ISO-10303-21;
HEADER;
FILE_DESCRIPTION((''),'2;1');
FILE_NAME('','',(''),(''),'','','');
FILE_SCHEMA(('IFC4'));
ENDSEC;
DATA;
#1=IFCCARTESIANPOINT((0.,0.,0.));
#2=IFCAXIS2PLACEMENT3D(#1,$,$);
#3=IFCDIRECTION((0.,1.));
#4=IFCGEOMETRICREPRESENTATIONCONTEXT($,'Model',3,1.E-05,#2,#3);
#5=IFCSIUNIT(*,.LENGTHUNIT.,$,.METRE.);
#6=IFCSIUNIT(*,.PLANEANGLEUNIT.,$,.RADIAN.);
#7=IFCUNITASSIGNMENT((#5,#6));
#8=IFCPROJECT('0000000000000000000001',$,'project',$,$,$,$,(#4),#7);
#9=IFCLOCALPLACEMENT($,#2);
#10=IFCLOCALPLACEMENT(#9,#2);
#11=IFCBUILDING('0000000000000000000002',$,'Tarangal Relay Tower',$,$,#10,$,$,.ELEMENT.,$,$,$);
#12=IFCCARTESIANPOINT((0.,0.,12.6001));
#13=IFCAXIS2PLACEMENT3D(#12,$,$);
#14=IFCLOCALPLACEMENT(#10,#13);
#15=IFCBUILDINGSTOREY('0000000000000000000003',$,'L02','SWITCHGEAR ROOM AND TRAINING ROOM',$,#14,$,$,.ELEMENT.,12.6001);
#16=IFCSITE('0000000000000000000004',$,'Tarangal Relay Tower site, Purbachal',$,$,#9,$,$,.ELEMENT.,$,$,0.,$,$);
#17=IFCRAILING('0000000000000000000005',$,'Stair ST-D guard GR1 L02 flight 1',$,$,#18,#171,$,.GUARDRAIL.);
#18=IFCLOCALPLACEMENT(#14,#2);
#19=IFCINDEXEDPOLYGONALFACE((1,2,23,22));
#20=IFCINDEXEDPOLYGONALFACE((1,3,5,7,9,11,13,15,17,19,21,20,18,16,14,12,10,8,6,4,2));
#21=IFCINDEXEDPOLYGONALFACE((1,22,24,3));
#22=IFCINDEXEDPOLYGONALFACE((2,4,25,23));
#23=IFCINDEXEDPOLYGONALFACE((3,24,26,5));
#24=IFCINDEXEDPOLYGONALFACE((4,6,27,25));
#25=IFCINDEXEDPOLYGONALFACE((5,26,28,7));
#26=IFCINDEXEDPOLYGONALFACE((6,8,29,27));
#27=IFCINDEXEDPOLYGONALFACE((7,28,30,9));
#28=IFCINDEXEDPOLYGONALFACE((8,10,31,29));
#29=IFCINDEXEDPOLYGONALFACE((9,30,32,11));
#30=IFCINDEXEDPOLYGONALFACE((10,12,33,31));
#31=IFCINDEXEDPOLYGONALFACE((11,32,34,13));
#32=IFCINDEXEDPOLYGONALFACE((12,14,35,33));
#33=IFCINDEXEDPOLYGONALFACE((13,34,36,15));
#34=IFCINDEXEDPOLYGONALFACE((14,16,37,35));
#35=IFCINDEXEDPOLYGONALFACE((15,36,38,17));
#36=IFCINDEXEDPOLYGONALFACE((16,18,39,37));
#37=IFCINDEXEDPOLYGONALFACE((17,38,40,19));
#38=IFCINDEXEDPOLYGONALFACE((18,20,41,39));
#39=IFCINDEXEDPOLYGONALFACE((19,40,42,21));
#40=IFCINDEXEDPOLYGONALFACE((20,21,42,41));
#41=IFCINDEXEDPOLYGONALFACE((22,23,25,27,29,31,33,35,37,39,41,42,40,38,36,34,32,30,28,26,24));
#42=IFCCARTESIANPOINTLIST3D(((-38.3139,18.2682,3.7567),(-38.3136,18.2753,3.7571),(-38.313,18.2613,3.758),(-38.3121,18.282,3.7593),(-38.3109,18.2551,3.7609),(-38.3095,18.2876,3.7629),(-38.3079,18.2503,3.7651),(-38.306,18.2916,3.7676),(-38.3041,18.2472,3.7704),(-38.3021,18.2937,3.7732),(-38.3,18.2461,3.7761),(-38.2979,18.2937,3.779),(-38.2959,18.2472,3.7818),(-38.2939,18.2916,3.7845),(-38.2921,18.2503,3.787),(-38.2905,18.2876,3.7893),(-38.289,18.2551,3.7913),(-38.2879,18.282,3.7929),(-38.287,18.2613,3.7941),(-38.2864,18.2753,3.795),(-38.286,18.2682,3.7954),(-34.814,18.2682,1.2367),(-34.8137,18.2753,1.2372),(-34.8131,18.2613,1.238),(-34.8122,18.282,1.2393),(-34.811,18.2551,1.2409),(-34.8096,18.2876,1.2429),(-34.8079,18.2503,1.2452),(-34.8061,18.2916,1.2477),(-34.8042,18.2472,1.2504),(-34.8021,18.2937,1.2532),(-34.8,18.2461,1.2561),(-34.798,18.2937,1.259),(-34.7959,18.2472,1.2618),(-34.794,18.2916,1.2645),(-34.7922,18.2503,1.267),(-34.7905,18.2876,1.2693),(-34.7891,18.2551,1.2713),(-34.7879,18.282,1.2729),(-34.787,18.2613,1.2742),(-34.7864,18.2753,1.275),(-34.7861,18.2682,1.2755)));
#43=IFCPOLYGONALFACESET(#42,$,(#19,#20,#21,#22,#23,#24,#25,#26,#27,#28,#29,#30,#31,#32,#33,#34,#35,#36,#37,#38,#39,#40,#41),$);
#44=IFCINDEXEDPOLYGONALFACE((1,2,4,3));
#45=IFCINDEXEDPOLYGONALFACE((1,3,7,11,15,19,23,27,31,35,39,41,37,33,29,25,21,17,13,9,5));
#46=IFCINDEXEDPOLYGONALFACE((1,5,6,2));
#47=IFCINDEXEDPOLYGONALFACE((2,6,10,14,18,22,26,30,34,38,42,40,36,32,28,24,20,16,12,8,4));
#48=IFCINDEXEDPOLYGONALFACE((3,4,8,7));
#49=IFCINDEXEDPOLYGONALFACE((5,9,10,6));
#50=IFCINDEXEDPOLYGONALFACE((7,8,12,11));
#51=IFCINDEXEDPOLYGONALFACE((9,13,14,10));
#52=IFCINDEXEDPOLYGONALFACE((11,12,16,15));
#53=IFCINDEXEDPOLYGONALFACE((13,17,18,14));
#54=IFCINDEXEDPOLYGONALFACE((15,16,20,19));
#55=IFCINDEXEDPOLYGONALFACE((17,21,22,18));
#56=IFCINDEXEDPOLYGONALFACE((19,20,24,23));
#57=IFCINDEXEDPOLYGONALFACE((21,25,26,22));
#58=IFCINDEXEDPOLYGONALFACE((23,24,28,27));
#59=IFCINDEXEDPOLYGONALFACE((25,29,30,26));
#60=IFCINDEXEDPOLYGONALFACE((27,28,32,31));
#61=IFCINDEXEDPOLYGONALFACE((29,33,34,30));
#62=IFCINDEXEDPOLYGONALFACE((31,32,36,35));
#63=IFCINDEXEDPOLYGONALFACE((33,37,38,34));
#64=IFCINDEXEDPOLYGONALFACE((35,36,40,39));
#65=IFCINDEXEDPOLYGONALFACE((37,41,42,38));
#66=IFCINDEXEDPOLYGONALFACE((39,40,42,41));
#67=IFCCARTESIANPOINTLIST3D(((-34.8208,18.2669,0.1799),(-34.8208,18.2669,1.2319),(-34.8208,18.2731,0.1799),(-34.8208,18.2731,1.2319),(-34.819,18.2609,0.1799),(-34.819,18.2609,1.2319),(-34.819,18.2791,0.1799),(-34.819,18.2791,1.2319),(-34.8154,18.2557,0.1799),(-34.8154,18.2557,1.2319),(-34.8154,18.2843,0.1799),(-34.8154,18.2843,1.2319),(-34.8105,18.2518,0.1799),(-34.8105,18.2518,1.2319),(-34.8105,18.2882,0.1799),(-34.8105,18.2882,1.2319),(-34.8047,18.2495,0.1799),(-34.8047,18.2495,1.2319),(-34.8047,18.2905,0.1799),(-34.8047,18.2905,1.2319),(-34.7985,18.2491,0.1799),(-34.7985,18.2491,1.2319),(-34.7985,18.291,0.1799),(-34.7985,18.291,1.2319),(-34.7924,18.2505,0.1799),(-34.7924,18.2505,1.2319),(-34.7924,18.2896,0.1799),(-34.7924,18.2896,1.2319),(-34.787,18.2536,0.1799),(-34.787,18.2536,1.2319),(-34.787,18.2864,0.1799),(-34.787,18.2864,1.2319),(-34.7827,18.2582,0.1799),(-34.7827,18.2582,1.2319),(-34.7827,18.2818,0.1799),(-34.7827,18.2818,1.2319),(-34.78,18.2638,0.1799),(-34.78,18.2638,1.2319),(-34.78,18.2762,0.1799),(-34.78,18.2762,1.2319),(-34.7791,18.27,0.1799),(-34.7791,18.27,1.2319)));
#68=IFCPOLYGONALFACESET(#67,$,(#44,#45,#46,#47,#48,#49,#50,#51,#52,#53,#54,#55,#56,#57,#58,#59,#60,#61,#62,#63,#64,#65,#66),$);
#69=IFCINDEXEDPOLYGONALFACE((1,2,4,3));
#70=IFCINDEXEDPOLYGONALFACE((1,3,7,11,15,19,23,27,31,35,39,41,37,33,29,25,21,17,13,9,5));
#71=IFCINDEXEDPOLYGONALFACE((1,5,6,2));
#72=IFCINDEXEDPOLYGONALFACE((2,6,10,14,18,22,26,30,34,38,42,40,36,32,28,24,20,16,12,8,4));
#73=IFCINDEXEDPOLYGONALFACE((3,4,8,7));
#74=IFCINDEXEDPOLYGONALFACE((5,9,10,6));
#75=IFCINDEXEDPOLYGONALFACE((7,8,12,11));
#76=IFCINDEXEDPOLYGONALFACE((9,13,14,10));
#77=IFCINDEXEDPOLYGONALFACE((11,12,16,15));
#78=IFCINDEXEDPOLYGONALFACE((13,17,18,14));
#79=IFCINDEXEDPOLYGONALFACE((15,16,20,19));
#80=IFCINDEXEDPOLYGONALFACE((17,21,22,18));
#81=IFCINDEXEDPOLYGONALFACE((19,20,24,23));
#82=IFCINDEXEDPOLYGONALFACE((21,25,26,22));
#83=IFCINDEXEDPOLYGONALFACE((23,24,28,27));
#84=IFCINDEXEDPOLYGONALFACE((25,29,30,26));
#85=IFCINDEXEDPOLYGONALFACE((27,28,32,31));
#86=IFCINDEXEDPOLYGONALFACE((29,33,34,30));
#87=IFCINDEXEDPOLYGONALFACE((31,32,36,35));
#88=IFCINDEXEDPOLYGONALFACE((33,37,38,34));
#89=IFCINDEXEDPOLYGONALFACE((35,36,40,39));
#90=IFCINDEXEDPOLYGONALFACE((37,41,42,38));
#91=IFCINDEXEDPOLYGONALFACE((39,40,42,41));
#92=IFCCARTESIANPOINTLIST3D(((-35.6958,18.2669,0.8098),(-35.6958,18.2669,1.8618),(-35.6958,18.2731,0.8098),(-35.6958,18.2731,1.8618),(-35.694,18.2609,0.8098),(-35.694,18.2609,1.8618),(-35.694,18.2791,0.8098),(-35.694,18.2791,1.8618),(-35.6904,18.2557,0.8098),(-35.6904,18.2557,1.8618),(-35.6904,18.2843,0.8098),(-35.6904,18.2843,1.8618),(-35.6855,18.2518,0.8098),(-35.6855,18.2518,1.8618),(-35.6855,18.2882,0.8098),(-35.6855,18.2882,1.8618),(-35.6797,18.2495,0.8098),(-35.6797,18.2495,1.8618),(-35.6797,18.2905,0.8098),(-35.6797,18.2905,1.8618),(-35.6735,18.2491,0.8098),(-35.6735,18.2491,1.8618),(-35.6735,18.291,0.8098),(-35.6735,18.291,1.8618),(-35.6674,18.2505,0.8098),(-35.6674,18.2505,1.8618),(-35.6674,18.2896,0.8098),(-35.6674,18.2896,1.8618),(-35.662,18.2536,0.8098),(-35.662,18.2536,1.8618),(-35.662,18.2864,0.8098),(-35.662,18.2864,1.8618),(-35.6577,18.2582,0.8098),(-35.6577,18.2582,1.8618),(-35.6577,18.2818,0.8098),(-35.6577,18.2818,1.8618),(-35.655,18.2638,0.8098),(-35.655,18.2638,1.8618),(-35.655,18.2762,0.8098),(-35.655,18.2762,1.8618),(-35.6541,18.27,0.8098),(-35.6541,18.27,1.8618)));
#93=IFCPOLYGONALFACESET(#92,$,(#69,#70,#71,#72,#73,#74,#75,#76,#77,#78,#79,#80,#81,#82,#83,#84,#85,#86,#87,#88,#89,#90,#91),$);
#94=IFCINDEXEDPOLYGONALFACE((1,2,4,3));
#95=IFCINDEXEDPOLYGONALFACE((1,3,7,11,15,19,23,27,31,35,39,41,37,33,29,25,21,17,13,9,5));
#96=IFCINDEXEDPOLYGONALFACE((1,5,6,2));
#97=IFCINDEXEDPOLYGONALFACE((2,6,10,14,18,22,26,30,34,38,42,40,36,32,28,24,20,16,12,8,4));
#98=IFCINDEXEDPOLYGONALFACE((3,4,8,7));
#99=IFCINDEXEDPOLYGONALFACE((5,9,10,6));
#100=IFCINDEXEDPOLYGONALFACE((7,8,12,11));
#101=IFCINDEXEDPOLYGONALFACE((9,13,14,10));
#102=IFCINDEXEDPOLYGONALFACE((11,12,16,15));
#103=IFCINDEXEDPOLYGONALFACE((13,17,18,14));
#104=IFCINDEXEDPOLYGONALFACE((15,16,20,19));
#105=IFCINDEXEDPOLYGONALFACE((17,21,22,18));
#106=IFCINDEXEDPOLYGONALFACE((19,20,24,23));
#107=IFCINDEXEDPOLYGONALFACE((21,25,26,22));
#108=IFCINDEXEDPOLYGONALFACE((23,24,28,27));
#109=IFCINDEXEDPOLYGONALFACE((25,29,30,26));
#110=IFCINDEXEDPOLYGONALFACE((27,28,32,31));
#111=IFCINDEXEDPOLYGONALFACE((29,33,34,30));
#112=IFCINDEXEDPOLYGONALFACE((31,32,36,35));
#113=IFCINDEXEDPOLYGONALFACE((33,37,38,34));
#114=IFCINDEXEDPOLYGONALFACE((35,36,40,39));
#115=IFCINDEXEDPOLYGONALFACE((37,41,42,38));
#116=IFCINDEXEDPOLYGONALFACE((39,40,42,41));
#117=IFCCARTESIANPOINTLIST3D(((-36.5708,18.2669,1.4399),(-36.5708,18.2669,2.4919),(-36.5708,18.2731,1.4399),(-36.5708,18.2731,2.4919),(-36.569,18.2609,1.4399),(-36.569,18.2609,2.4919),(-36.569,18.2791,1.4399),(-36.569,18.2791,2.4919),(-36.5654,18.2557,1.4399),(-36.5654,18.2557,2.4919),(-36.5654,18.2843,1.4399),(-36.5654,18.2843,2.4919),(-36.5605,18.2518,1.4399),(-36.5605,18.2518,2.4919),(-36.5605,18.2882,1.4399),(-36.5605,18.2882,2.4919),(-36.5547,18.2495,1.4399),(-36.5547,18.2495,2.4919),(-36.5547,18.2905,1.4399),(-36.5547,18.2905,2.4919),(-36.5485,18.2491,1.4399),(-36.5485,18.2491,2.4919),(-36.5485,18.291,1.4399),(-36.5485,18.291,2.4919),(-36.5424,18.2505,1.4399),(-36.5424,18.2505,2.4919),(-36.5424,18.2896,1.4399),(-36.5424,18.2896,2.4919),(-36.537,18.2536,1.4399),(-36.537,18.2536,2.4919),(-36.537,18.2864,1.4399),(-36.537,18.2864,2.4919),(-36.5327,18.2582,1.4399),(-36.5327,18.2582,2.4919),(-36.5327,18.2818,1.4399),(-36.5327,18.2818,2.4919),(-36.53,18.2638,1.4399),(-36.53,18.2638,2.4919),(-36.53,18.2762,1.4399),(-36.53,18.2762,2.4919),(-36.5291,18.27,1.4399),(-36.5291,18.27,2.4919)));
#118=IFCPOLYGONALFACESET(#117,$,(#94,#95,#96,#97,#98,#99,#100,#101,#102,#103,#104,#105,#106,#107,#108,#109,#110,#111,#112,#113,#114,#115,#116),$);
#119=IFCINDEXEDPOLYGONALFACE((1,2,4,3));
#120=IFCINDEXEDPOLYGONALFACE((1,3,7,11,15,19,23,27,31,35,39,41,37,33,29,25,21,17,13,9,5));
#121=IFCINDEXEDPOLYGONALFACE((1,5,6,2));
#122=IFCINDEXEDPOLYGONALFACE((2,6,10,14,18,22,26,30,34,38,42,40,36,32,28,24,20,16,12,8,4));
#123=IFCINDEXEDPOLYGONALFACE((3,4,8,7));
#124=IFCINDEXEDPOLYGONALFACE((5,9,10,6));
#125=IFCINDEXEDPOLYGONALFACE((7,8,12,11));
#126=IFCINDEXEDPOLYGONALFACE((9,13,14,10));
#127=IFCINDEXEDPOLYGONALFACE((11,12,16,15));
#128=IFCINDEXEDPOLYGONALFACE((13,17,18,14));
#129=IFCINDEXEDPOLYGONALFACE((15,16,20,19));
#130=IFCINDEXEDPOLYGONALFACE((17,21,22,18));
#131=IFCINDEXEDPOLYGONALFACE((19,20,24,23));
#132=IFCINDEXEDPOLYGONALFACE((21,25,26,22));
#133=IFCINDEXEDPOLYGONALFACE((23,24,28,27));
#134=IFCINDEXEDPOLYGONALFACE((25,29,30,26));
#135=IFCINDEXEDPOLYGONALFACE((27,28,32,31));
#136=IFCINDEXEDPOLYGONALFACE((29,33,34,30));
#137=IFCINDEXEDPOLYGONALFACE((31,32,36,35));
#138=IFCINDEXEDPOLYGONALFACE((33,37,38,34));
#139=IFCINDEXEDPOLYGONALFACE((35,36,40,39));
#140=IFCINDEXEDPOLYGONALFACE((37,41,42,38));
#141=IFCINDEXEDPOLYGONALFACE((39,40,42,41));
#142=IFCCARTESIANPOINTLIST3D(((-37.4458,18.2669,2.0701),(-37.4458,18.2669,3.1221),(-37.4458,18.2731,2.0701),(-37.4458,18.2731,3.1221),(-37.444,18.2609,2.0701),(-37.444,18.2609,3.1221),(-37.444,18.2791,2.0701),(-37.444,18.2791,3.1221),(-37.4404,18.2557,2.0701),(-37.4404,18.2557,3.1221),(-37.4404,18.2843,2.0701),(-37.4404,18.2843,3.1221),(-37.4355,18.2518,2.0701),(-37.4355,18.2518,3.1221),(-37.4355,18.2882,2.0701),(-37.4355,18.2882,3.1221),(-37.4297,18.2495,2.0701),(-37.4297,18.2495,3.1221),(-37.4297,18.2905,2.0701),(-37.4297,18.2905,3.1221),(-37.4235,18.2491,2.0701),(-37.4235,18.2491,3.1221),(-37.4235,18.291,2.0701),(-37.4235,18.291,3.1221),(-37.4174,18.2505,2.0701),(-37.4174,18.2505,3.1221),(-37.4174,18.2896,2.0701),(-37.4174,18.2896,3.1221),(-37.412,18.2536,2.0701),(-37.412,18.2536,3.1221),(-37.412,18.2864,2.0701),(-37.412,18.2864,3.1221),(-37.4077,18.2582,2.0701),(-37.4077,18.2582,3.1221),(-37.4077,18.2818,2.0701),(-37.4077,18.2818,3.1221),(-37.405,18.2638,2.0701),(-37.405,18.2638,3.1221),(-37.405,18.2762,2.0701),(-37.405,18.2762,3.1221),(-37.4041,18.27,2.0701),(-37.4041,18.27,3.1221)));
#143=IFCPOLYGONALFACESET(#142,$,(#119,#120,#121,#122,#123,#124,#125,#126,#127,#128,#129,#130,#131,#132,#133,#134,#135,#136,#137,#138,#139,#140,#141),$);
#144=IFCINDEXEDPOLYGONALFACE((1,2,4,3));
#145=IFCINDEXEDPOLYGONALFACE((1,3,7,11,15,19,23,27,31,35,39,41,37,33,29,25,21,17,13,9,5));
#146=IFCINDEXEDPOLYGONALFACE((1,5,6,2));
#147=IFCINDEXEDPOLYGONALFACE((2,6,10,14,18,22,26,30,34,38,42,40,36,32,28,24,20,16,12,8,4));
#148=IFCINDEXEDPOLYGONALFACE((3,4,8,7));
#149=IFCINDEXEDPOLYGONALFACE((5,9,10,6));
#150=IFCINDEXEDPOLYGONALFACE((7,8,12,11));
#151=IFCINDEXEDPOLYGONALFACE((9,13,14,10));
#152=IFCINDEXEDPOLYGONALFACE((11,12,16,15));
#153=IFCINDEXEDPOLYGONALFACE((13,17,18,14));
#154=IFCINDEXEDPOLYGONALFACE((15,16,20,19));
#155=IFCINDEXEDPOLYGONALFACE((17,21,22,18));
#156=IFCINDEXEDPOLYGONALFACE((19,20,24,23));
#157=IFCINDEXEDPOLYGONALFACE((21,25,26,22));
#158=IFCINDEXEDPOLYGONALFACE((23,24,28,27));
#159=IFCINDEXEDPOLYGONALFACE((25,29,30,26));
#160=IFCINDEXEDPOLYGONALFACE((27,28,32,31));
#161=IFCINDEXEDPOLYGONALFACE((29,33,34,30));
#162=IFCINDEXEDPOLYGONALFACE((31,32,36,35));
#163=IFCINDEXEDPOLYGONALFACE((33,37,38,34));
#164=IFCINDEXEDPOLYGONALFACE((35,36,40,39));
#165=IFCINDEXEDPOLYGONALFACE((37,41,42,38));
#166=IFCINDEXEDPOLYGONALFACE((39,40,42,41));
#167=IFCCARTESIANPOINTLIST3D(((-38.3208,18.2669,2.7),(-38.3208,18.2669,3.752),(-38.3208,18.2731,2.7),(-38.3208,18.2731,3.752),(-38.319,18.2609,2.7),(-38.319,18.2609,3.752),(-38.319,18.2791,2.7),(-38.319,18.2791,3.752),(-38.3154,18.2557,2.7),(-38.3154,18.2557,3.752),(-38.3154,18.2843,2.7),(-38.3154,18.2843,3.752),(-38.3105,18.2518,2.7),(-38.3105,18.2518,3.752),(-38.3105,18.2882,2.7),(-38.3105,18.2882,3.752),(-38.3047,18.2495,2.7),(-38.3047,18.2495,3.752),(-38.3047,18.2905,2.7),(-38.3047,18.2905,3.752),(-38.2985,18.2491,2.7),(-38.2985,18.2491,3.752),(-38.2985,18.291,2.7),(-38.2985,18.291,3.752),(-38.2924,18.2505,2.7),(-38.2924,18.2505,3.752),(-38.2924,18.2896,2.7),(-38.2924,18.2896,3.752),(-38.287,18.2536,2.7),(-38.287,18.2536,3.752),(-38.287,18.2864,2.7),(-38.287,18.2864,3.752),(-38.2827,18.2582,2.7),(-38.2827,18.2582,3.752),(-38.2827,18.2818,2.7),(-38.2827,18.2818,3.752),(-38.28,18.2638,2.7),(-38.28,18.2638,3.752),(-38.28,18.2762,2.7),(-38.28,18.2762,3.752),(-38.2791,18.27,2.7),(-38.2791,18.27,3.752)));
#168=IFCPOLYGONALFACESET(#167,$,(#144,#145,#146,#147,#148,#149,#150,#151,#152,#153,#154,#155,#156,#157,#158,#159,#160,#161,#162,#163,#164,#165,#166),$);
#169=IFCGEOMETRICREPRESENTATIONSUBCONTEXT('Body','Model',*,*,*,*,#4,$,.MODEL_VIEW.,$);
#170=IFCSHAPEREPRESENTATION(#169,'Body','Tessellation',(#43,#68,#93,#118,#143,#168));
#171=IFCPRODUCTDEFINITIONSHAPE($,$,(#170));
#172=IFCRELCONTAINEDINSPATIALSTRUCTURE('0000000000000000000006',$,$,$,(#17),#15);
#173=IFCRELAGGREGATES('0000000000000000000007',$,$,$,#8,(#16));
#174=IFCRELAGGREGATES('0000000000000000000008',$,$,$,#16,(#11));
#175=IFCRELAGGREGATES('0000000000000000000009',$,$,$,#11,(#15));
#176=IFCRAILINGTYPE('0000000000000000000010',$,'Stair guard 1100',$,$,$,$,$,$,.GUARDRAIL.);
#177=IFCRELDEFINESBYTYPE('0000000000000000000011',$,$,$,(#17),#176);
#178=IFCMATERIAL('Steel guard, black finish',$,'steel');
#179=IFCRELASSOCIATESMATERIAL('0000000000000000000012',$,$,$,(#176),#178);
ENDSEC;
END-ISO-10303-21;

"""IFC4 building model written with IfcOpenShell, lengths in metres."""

from ifc_helpers import new_model, si_unit, direction, frame, origin, origin_2d, place, context, subcontext, project, spatial, circle, extrude, material, type_object, element, save


model = new_model("IFC4")

# Units and contexts
model_context = context("Model", 3, precision=1e-05, world=origin(), true_north=direction((0.0, 1.0)))
body_context = subcontext(model_context, "Body", "Model", "MODEL_VIEW")
ifc_project = project(units=[si_unit("LENGTHUNIT", "METRE"), si_unit("PLANEANGLEUNIT", "RADIAN")], contexts=[model_context])

# Site, building, storey
site_placement = place(None, origin())
site = spatial("IfcSite", under=ifc_project, at=site_placement, Name="Tarangal Relay Tower site, Purbachal", CompositionType="ELEMENT", RefElevation=0.0)
building_placement = place(site_placement, origin())
building = spatial("IfcBuilding", under=site, at=building_placement, Name="Tarangal Relay Tower", CompositionType="ELEMENT")
storey_placement = place(building_placement, frame((0.0, 0.0, 12.6001)))
storey = spatial("IfcBuildingStorey", under=building, at=storey_placement, Name="L02", Description="SWITCHGEAR ROOM AND TRAINING ROOM", CompositionType="ELEMENT", Elevation=12.6001)

# Railing
ifc_material_1 = material(Name="Steel guard, black finish", Category="steel")
railing_type_1 = type_object("IfcRailingType", Name="Stair guard 1100", PredefinedType="GUARDRAIL", material=ifc_material_1)
railing_1_placement = place(storey_placement, frame((-34.8, 18.27, 0.1799)))
element("IfcRailing", 1, at=railing_1_placement, inside=storey, type_object=railing_type_1, Name="Stair ST-D guard GR1 L02 flight 1", PredefinedType="GUARDRAIL", context=body_context, shape_type="SweptSolid", body=[
    extrude(circle(Radius=0.0239, at=origin_2d()), frame((0.0, 0.0, 1.0762), z_axis=(-0.811532, 0.0, 0.584308), x_axis=(0.0, -1.0, 0.0)), (0.0, 0.0, 1.0), 4.3127),
    extrude(circle(Radius=0.021, at=origin_2d()), origin(), (0.0, 0.0, 1.0), 1.052),
    extrude(circle(Radius=0.021, at=origin_2d()), frame((-0.875, 0.0, 0.6299)), (0.0, 0.0, 1.0), 1.052),
    extrude(circle(Radius=0.021, at=origin_2d()), frame((-1.75, 0.0, 1.26)), (0.0, 0.0, 1.0), 1.052),
    extrude(circle(Radius=0.021, at=origin_2d()), frame((-2.625, 0.0, 1.8901)), (0.0, 0.0, 1.0), 1.052),
    extrude(circle(Radius=0.021, at=origin_2d()), frame((-3.5, 0.0, 2.52)), (0.0, 0.0, 1.0), 1.052),
])

save(model, "model.ifc")
